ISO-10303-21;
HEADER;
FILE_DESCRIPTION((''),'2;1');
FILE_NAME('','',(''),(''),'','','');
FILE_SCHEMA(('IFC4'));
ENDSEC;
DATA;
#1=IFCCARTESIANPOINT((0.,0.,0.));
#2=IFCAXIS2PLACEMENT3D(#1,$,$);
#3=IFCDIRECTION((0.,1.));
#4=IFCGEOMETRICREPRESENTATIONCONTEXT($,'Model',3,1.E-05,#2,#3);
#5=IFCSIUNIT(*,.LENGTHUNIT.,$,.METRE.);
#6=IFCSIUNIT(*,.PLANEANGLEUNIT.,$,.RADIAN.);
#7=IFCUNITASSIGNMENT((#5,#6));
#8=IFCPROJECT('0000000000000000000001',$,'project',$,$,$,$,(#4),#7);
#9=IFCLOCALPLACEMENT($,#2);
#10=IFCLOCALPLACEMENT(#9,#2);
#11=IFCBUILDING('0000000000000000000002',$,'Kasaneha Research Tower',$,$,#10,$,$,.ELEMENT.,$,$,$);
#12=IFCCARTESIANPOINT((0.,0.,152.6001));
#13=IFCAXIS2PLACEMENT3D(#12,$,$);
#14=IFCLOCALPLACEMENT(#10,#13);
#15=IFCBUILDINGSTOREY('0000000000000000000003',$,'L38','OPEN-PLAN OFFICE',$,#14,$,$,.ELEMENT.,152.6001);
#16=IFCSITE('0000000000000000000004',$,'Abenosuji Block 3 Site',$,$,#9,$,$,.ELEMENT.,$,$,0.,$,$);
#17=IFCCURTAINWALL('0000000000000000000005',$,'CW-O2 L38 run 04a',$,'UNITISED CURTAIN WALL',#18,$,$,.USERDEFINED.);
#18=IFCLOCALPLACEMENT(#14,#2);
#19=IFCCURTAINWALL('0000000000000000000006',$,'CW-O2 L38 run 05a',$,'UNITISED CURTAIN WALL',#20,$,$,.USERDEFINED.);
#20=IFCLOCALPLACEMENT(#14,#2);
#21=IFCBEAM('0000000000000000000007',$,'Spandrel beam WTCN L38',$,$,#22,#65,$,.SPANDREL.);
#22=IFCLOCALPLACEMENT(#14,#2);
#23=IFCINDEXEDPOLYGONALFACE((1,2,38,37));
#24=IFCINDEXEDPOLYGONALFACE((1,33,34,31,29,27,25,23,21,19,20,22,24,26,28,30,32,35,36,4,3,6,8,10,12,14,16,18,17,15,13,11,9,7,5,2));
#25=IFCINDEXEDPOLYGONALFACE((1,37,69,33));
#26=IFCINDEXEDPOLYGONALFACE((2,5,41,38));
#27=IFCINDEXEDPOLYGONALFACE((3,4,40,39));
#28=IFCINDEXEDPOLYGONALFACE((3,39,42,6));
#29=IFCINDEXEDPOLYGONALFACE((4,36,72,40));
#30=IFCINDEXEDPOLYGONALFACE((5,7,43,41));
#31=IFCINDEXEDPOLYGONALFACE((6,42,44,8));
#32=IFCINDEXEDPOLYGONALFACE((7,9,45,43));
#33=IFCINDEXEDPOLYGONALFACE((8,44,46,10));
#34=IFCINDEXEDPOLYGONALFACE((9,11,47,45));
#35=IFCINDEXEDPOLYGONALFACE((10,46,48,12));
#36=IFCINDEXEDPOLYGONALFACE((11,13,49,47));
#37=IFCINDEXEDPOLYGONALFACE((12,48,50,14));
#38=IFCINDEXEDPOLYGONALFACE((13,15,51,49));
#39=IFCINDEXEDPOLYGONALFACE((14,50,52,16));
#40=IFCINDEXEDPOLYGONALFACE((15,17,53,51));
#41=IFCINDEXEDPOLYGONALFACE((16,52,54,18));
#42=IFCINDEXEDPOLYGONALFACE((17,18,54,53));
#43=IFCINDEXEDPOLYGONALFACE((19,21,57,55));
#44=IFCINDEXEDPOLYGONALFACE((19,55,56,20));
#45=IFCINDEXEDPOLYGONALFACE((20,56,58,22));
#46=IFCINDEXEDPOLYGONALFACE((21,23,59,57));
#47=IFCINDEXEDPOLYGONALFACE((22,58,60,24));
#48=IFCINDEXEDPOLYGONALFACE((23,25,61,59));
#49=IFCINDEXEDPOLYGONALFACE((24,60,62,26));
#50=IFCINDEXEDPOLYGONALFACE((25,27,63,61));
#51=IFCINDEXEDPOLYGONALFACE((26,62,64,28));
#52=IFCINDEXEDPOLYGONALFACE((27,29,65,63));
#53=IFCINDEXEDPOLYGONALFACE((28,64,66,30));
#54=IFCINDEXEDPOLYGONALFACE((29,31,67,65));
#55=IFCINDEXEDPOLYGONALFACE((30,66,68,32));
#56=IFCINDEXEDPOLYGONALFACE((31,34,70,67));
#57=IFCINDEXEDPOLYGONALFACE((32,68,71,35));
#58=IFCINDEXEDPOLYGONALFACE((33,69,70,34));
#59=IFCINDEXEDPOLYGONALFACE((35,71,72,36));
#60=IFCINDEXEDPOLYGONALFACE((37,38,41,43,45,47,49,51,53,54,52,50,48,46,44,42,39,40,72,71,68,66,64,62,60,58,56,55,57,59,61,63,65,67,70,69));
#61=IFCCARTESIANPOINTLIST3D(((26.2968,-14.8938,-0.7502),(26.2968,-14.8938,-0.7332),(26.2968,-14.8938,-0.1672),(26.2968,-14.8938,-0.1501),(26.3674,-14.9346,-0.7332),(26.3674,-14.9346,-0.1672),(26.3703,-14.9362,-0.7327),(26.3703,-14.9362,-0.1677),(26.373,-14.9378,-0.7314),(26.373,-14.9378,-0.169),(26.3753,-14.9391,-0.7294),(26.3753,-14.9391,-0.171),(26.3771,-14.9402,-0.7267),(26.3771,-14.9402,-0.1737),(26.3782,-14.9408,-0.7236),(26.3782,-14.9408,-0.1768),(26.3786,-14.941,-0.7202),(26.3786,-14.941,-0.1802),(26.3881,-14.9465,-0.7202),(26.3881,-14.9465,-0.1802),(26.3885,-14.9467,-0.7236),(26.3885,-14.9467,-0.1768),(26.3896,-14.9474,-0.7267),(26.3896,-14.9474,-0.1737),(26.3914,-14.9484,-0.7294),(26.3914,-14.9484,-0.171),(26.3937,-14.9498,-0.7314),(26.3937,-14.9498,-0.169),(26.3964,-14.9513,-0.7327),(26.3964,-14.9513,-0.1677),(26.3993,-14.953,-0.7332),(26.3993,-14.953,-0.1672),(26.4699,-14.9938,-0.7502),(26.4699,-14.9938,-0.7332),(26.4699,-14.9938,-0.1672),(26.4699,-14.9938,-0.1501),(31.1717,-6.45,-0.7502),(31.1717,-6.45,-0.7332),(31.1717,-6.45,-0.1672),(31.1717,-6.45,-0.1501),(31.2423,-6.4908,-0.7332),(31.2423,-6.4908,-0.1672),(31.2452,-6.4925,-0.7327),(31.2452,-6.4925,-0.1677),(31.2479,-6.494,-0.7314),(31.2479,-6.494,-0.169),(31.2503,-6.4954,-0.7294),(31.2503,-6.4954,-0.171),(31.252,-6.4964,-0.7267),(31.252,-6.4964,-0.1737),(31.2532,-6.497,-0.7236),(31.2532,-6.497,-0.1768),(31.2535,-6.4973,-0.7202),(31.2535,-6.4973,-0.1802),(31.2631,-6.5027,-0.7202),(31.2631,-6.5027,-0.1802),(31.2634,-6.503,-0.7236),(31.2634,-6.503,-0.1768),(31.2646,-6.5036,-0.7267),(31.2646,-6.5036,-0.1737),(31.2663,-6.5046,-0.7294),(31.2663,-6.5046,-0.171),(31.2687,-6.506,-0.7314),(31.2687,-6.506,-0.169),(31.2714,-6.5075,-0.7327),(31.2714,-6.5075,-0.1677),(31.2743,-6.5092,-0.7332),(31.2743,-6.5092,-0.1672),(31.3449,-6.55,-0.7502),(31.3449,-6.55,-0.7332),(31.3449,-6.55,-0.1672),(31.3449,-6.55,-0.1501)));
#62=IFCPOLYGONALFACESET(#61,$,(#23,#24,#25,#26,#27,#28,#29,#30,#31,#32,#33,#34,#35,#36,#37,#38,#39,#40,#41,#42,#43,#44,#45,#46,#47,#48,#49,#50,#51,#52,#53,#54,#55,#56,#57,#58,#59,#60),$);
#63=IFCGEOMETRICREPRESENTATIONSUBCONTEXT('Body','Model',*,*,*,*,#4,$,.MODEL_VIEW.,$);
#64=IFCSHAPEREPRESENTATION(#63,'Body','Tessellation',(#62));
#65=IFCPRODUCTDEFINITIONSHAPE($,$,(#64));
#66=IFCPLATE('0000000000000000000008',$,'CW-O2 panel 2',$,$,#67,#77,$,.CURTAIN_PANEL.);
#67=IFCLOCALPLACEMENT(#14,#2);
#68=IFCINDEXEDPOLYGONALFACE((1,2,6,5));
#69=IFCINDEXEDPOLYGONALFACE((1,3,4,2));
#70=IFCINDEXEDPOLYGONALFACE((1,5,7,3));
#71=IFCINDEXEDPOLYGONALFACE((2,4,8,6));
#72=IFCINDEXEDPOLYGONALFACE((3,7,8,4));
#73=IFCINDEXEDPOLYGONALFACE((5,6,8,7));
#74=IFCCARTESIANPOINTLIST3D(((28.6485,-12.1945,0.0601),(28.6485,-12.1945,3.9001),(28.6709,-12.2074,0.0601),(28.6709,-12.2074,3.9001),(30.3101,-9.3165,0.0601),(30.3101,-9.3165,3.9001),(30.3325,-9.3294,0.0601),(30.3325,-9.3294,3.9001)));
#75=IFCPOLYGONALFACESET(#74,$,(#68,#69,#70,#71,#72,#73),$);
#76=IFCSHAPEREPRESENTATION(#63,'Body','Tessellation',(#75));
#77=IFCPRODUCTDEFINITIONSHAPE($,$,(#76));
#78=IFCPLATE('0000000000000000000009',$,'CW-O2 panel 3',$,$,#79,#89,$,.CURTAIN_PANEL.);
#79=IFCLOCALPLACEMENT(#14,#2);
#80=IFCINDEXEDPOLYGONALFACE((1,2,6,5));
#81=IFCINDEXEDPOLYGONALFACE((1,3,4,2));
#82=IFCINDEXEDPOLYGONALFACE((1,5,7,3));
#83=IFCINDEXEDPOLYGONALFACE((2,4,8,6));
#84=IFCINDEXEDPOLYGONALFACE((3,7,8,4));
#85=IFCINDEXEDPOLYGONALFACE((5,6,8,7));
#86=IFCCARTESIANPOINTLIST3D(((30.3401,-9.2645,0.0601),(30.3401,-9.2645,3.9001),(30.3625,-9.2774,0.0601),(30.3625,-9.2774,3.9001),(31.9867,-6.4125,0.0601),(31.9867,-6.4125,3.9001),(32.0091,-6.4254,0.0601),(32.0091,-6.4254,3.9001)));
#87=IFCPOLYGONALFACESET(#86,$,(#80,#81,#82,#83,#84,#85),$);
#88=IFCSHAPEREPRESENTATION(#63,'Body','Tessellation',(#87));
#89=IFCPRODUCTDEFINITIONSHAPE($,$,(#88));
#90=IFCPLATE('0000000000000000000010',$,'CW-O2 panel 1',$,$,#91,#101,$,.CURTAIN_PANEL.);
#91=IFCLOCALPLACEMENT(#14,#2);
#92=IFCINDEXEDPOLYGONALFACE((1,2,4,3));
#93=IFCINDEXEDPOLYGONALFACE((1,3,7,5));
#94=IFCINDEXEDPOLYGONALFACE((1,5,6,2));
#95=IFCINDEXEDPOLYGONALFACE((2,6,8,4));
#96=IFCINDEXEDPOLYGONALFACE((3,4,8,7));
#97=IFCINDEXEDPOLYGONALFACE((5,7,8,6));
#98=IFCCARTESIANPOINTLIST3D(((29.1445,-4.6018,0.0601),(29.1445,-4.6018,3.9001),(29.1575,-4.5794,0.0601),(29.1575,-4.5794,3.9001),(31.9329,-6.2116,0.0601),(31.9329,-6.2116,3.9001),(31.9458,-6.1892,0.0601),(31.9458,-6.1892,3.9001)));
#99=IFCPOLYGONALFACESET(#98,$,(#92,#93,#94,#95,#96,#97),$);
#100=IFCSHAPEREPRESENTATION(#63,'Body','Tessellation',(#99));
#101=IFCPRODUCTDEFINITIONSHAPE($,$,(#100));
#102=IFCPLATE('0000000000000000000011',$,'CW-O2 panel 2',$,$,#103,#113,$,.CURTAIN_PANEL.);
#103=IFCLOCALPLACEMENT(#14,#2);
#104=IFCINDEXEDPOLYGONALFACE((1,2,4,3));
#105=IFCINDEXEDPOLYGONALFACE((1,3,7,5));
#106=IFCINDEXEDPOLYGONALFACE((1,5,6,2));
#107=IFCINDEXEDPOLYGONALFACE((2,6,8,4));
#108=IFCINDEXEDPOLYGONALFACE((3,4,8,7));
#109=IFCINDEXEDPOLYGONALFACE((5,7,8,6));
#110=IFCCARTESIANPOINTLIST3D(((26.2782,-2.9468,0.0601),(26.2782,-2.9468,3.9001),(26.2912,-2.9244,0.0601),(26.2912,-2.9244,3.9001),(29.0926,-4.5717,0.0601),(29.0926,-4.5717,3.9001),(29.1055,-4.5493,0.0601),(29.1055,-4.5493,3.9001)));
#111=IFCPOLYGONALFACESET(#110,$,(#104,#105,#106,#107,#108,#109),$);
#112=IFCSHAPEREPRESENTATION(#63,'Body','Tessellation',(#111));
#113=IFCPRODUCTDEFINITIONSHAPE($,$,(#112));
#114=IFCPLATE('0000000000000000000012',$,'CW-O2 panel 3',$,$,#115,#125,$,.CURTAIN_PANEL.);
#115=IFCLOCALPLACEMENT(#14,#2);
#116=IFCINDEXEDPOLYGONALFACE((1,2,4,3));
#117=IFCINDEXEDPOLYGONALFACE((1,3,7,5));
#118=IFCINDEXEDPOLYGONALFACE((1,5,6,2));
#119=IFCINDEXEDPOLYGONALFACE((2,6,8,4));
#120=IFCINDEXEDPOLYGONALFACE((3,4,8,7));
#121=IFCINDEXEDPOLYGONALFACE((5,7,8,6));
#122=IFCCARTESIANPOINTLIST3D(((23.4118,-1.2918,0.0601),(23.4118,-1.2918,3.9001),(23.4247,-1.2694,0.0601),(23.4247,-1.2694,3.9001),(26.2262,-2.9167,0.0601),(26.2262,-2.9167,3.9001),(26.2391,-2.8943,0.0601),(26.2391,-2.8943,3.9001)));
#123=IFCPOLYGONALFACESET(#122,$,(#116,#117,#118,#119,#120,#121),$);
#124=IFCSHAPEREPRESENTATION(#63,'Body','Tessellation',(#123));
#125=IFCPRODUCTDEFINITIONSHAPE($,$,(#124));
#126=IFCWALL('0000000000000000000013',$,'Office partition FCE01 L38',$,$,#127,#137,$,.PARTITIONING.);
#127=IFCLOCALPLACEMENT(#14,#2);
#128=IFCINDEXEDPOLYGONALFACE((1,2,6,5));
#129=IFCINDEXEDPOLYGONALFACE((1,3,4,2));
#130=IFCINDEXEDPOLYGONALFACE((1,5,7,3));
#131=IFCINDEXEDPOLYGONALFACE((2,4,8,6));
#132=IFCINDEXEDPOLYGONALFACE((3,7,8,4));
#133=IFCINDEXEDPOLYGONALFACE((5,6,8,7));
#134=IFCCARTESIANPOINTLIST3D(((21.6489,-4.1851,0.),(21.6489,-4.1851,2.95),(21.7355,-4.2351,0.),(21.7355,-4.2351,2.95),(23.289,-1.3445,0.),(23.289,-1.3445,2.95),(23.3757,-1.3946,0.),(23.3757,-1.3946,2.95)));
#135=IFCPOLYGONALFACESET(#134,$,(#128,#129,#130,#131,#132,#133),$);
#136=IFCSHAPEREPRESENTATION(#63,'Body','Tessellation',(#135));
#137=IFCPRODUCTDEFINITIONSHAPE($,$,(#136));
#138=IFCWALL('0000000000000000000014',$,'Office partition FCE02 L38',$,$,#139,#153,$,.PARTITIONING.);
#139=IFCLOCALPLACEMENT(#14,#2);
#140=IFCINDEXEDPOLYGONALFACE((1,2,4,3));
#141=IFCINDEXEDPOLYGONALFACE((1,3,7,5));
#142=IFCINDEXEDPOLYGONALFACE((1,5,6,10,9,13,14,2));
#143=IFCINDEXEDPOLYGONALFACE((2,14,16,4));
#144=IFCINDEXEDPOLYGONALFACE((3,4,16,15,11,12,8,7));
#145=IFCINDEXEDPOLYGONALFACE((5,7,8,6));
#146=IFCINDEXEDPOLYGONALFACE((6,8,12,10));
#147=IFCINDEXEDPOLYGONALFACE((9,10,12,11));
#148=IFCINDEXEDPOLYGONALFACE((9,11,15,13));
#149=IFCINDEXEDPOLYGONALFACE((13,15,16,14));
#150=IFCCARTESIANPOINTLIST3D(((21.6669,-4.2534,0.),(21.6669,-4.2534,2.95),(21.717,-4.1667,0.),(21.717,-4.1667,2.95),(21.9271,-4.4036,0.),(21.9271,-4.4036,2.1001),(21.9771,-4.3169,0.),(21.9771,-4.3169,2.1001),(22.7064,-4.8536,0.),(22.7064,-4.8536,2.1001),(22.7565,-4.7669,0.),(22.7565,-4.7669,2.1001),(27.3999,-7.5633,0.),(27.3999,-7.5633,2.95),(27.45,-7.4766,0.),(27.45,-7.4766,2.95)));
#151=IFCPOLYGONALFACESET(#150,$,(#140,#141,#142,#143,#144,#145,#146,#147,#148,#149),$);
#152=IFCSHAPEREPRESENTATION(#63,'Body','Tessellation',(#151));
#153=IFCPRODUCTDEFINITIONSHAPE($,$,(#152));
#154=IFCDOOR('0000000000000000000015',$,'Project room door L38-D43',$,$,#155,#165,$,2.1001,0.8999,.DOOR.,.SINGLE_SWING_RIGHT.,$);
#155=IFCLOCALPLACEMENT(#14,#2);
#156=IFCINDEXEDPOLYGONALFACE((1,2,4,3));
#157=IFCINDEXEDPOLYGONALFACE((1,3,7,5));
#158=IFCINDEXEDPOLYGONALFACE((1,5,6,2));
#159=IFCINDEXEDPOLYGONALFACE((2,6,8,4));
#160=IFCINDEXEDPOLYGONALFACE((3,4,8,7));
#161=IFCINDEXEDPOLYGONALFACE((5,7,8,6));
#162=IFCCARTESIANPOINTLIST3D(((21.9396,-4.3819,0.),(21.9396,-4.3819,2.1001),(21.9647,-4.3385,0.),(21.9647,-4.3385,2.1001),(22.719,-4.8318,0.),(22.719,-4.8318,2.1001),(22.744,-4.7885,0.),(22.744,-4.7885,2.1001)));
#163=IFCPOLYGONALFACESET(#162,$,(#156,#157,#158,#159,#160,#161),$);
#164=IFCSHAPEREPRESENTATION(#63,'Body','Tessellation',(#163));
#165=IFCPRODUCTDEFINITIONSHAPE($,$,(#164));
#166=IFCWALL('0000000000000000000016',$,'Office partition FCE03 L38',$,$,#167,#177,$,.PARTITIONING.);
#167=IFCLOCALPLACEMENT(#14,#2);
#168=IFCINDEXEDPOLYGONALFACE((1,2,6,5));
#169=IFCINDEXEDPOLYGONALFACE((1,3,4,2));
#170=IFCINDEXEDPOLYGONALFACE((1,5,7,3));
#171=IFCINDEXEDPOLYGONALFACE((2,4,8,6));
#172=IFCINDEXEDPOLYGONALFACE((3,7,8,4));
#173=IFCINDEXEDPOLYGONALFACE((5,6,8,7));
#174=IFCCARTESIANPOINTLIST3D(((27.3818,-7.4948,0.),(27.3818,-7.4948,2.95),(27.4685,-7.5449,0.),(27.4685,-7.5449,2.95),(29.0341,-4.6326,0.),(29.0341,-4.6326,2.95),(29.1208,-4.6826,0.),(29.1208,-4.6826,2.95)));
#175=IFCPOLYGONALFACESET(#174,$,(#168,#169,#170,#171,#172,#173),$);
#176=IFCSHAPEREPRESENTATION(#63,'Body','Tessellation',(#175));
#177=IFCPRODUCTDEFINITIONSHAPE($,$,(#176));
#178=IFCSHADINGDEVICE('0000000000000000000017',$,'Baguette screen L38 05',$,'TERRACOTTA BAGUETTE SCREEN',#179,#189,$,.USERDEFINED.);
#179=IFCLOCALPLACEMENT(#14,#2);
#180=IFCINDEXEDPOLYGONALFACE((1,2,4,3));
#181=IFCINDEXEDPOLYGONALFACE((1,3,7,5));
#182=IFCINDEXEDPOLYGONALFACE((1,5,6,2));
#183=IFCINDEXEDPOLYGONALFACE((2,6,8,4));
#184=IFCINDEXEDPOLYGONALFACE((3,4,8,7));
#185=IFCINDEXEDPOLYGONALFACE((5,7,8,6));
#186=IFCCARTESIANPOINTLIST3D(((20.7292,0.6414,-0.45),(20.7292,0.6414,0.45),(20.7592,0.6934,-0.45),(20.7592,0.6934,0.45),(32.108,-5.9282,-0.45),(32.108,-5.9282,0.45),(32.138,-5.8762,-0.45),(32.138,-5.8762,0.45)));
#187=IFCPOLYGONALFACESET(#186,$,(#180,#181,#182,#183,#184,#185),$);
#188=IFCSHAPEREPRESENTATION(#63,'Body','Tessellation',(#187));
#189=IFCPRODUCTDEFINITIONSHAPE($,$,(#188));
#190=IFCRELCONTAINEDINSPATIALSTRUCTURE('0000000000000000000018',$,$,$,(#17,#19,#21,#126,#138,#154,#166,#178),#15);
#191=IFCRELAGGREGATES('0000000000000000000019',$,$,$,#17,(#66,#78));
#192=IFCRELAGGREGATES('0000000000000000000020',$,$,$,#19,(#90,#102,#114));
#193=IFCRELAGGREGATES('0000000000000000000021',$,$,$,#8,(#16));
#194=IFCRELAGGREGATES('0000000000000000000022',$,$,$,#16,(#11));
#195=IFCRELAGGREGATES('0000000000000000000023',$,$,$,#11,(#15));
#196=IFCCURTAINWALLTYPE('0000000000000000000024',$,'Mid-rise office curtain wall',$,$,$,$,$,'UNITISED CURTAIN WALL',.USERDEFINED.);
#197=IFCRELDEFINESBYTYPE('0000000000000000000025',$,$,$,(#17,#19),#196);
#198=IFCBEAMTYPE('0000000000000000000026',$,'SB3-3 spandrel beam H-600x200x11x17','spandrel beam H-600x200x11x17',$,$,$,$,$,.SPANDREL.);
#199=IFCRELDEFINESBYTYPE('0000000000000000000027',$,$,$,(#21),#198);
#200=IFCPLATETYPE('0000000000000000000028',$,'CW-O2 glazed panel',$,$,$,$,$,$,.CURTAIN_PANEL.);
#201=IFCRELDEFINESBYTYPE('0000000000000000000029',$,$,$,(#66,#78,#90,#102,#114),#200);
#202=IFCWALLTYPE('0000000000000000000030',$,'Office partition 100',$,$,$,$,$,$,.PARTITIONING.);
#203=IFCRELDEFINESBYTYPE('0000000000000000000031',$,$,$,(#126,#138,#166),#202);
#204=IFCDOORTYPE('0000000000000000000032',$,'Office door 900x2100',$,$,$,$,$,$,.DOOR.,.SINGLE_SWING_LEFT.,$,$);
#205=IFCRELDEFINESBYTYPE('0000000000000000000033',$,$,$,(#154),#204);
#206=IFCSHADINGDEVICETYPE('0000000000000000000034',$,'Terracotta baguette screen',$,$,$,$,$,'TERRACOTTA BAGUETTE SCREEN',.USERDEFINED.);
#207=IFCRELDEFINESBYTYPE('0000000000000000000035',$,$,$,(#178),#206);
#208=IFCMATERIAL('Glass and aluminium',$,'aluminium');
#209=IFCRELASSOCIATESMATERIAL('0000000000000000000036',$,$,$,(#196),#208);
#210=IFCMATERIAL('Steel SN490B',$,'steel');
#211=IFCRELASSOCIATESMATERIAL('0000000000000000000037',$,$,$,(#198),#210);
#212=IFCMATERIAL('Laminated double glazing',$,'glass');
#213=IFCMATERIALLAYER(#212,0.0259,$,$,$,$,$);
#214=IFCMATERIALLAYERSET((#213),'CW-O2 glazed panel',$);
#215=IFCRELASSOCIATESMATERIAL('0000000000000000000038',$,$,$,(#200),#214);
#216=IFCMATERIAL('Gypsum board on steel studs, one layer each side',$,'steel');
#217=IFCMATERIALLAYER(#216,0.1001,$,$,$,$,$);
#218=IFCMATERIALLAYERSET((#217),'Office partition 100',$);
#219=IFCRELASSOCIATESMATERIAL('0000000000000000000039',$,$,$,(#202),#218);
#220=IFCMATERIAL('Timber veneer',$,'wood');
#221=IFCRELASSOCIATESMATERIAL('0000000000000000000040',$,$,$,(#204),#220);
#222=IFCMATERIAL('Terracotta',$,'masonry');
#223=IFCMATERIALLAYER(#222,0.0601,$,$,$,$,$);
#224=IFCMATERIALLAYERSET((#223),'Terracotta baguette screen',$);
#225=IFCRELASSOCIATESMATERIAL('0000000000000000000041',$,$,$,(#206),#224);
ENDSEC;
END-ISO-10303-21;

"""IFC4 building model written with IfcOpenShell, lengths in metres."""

from ifc_helpers import new_model, si_unit, direction, frame, frame_2d, origin, origin_2d, place, context, subcontext, project, spatial, rectangle, i_section, extrude, material, layer, layer_set, material_profile, profile_set, type_object, element, fill, aggregate, save


model = new_model("IFC4")

# Units and contexts
model_context = context("Model", 3, precision=1e-05, world=origin(), true_north=direction((0.0, 1.0)))
body_context = subcontext(model_context, "Body", "Model", "MODEL_VIEW")
ifc_project = project(units=[si_unit("LENGTHUNIT", "METRE"), si_unit("PLANEANGLEUNIT", "RADIAN")], contexts=[model_context])

# Site, building, storey
site_placement = place(None, origin())
site = spatial("IfcSite", under=ifc_project, at=site_placement, Name="Abenosuji Block 3 Site", CompositionType="ELEMENT", RefElevation=0.0)
building_placement = place(site_placement, origin())
building = spatial("IfcBuilding", under=site, at=building_placement, Name="Kasaneha Research Tower", CompositionType="ELEMENT")
storey_placement = place(building_placement, frame((0.0, 0.0, 152.6001)))
storey = spatial("IfcBuildingStorey", under=building, at=storey_placement, Name="L38", Description="OPEN-PLAN OFFICE", CompositionType="ELEMENT", Elevation=152.6001)

# Curtain walls
ifc_material_1 = material(Name="Glass and aluminium", Category="aluminium")
curtain_wall_type = type_object("IfcCurtainWallType", Name="Mid-rise office curtain wall", ElementType="UNITISED CURTAIN WALL", PredefinedType="USERDEFINED", material=ifc_material_1)
curtain_wall_1_placement = place(storey_placement, origin())
curtain_wall_1 = element("IfcCurtainWall", 1, at=curtain_wall_1_placement, inside=storey, type_object=curtain_wall_type, Name="CW-O2 L38 run 04a", ObjectType="UNITISED CURTAIN WALL", PredefinedType="USERDEFINED")
curtain_wall_2_placement = place(storey_placement, origin())
curtain_wall_2 = element("IfcCurtainWall", 2, at=curtain_wall_2_placement, inside=storey, type_object=curtain_wall_type, Name="CW-O2 L38 run 05a", ObjectType="UNITISED CURTAIN WALL", PredefinedType="USERDEFINED")

# Beam
ifc_material_2 = material(Name="Steel SN490B", Category="steel")
ifc_material_profile_1 = material_profile(ifc_material_2, i_section(OverallWidth=0.2, OverallDepth=0.6001, WebThickness=0.011, FlangeThickness=0.0171, FilletRadius=0.0129, at=origin_2d()), Name="H-600x200x11x17")
ifc_profile_set_1 = profile_set([ifc_material_profile_1], Name="Steel SN490B")
beam_type_1 = type_object("IfcBeamType", Name="SB3-3 spandrel beam H-600x200x11x17", Description="spandrel beam H-600x200x11x17", PredefinedType="SPANDREL", material=ifc_profile_set_1)
beam_1_placement = place(storey_placement, frame((31.2583, -6.5, -0.4502), z_axis=(-0.499996, -0.866028, 0.0), x_axis=(0.866028, -0.499996, 0.0)))
element("IfcBeam", 3, at=beam_1_placement, inside=storey, type_object=beam_type_1, Name="Spandrel beam WTCN L38", PredefinedType="SPANDREL", context=body_context, shape_type="SweptSolid", body=[
    extrude(i_section(OverallWidth=0.2, OverallDepth=0.6001, WebThickness=0.011, FlangeThickness=0.0171, FilletRadius=0.0129, at=origin_2d()), origin(), (0.0, 0.0, 1.0), 9.75),
])

# Plates
ifc_material_3 = material(Name="Laminated double glazing", Category="glass")
ifc_layer_1 = layer(ifc_material_3, 0.0259)
ifc_layer_set_1 = layer_set([ifc_layer_1], Name="CW-O2 glazed panel")
plate_type = type_object("IfcPlateType", Name="CW-O2 glazed panel", PredefinedType="CURTAIN_PANEL", material=ifc_layer_set_1)
plate_1_placement = place(storey_placement, frame((29.4905, -10.762, 0.0601), z_axis=(0.0, 0.0, 1.0), x_axis=(0.5, 0.866025, 0.0)))
plate_1 = element("IfcPlate", 4, at=plate_1_placement, type_object=plate_type, Name="CW-O2 panel 2", PredefinedType="CURTAIN_PANEL", context=body_context, shape_type="SweptSolid", body=[
    extrude(rectangle(XDim=3.3232, YDim=0.0259, at=origin_2d()), origin(), (0.0, 0.0, 1.0), 3.8401),
])
plate_2_placement = place(storey_placement, frame((31.1746, -7.845, 0.0601), z_axis=(0.0, 0.0, 1.0), x_axis=(0.5, 0.866025, 0.0)))
plate_2 = element("IfcPlate", 5, at=plate_2_placement, type_object=plate_type, Name="CW-O2 panel 3", PredefinedType="CURTAIN_PANEL", context=body_context, shape_type="SweptSolid", body=[
    extrude(rectangle(XDim=3.2932, YDim=0.0259, at=origin_2d()), origin(), (0.0, 0.0, 1.0), 3.8401),
])
aggregate(curtain_wall_1, [plate_1, plate_2])
plate_3_placement = place(storey_placement, frame((30.5452, -5.3955, 0.0601), z_axis=(0.0, 0.0, 1.0), x_axis=(-0.866025, 0.5, 0.0)))
plate_3 = element("IfcPlate", 6, at=plate_3_placement, type_object=plate_type, Name="CW-O2 panel 1", PredefinedType="CURTAIN_PANEL", context=body_context, shape_type="SweptSolid", body=[
    extrude(rectangle(XDim=3.2197, YDim=0.0259, at=origin_2d()), origin(), (0.0, 0.0, 1.0), 3.8401),
])
plate_4_placement = place(storey_placement, frame((27.6919, -3.748, 0.0601), z_axis=(0.0, 0.0, 1.0), x_axis=(-0.866025, 0.5, 0.0)))
plate_4 = element("IfcPlate", 7, at=plate_4_placement, type_object=plate_type, Name="CW-O2 panel 2", PredefinedType="CURTAIN_PANEL", context=body_context, shape_type="SweptSolid", body=[
    extrude(rectangle(XDim=3.2498, YDim=0.0259, at=origin_2d()), origin(), (0.0, 0.0, 1.0), 3.8401),
])
plate_5_placement = place(storey_placement, frame((24.8254, -2.093, 0.0601), z_axis=(0.0, 0.0, 1.0), x_axis=(-0.866025, 0.5, 0.0)))
plate_5 = element("IfcPlate", 8, at=plate_5_placement, type_object=plate_type, Name="CW-O2 panel 3", PredefinedType="CURTAIN_PANEL", context=body_context, shape_type="SweptSolid", body=[
    extrude(rectangle(XDim=3.2498, YDim=0.0259, at=origin_2d()), origin(), (0.0, 0.0, 1.0), 3.8401),
])
aggregate(curtain_wall_2, [plate_3, plate_4, plate_5])

# Wall
ifc_material_4 = material(Name="Gypsum board on steel studs, one layer each side", Category="steel")
ifc_layer_2 = layer(ifc_material_4, 0.1001)
ifc_layer_set_2 = layer_set([ifc_layer_2], Name="Office partition 100")
wall_type = type_object("IfcWallType", Name="Office partition 100", PredefinedType="PARTITIONING", material=ifc_layer_set_2)
wall_1_placement = place(storey_placement, frame((21.6921, -4.2102, 0.0), z_axis=(0.0, 0.0, 1.0), x_axis=(0.50003, 0.866008, 0.0)))
element("IfcWall", 9, at=wall_1_placement, inside=storey, type_object=wall_type, Name="Office partition FCE01 L38", PredefinedType="PARTITIONING", context=body_context, shape_type="SweptSolid", body=[
    extrude(rectangle(XDim=3.28, YDim=0.1001, at=frame_2d((1.6401, 0.0))), origin(), (0.0, 0.0, 1.0), 2.95),
])

# Wall, opening, door
wall_2_placement = place(storey_placement, frame((27.425, -7.52, 0.0), z_axis=(0.0, 0.0, 1.0), x_axis=(-0.866031, 0.499991, 0.0)))
wall_2 = element("IfcWall", 10, at=wall_2_placement, inside=storey, type_object=wall_type, Name="Office partition FCE02 L38", PredefinedType="PARTITIONING", context=body_context, shape_type="SweptSolid", body=[
    extrude(rectangle(XDim=6.6199, YDim=0.1001, at=frame_2d((3.3101, 0.0))), origin(), (0.0, 0.0, 1.0), 2.95),
])
opening_placement = place(wall_2_placement, frame((5.4197, 0.0, 0.0)))
opening = element("IfcOpeningElement", 11, at=opening_placement, cuts=wall_2, PredefinedType="OPENING", context=body_context, shape_type="SweptSolid", body=[
    extrude(rectangle(XDim=0.8999, YDim=2.1001, at=frame_2d((0.45, 1.05))), frame((0.0, 0.0601, 0.0), z_axis=(0.0, -1.0, 0.0), x_axis=(1.0, 0.0, 0.0)), (0.0, 0.0, 1.0), 0.1201),
])
ifc_material_5 = material(Name="Timber veneer", Category="wood")
door_type = type_object("IfcDoorType", Name="Office door 900x2100", OperationType="SINGLE_SWING_LEFT", PredefinedType="DOOR", material=ifc_material_5)
door_placement = place(opening_placement, origin())
door = element("IfcDoor", 12, at=door_placement, inside=storey, type_object=door_type, Name="Project room door L38-D43", OperationType="SINGLE_SWING_RIGHT", OverallHeight=2.1001, OverallWidth=0.8999, PredefinedType="DOOR", context=body_context, shape_type="SweptSolid", body=[
    extrude(rectangle(XDim=0.8999, YDim=2.1001, at=frame_2d((0.45, 1.05))), frame((0.0, 0.0249, 0.0), z_axis=(0.0, -1.0, 0.0), x_axis=(1.0, 0.0, 0.0)), (0.0, 0.0, 1.0), 0.05),
])
fill(opening, door)

# Wall
wall_3_placement = place(storey_placement, frame((29.0774, -4.6577, 0.0), z_axis=(0.0, 0.0, 1.0), x_axis=(-0.499953, -0.866053, 0.0)))
element("IfcWall", 13, at=wall_3_placement, inside=storey, type_object=wall_type, Name="Office partition FCE03 L38", PredefinedType="PARTITIONING", context=body_context, shape_type="SweptSolid", body=[
    extrude(rectangle(XDim=3.3049, YDim=0.1001, at=frame_2d((1.6523, 0.0))), origin(), (0.0, 0.0, 1.0), 2.95),
])

# Shading device
ifc_material_6 = material(Name="Terracotta", Category="masonry")
ifc_layer_3 = layer(ifc_material_6, 0.0601)
ifc_layer_set_3 = layer_set([ifc_layer_3], Name="Terracotta baguette screen")
shading_device_type = type_object("IfcShadingDeviceType", Name="Terracotta baguette screen", ElementType="TERRACOTTA BAGUETTE SCREEN", PredefinedType="USERDEFINED", material=ifc_layer_set_3)
shading_device_placement = place(storey_placement, frame((26.4336, -2.6174, -0.45), z_axis=(0.0, 0.0, 1.0), x_axis=(-0.866025, 0.5, 0.0)))
element("IfcShadingDevice", 14, at=shading_device_placement, inside=storey, type_object=shading_device_type, Name="Baguette screen L38 05", ObjectType="TERRACOTTA BAGUETTE SCREEN", PredefinedType="USERDEFINED", context=body_context, shape_type="SweptSolid", body=[
    extrude(rectangle(XDim=13.1392, YDim=0.0601, at=origin_2d()), origin(), (0.0, 0.0, 1.0), 0.8999),
])

save(model, "model.ifc")
